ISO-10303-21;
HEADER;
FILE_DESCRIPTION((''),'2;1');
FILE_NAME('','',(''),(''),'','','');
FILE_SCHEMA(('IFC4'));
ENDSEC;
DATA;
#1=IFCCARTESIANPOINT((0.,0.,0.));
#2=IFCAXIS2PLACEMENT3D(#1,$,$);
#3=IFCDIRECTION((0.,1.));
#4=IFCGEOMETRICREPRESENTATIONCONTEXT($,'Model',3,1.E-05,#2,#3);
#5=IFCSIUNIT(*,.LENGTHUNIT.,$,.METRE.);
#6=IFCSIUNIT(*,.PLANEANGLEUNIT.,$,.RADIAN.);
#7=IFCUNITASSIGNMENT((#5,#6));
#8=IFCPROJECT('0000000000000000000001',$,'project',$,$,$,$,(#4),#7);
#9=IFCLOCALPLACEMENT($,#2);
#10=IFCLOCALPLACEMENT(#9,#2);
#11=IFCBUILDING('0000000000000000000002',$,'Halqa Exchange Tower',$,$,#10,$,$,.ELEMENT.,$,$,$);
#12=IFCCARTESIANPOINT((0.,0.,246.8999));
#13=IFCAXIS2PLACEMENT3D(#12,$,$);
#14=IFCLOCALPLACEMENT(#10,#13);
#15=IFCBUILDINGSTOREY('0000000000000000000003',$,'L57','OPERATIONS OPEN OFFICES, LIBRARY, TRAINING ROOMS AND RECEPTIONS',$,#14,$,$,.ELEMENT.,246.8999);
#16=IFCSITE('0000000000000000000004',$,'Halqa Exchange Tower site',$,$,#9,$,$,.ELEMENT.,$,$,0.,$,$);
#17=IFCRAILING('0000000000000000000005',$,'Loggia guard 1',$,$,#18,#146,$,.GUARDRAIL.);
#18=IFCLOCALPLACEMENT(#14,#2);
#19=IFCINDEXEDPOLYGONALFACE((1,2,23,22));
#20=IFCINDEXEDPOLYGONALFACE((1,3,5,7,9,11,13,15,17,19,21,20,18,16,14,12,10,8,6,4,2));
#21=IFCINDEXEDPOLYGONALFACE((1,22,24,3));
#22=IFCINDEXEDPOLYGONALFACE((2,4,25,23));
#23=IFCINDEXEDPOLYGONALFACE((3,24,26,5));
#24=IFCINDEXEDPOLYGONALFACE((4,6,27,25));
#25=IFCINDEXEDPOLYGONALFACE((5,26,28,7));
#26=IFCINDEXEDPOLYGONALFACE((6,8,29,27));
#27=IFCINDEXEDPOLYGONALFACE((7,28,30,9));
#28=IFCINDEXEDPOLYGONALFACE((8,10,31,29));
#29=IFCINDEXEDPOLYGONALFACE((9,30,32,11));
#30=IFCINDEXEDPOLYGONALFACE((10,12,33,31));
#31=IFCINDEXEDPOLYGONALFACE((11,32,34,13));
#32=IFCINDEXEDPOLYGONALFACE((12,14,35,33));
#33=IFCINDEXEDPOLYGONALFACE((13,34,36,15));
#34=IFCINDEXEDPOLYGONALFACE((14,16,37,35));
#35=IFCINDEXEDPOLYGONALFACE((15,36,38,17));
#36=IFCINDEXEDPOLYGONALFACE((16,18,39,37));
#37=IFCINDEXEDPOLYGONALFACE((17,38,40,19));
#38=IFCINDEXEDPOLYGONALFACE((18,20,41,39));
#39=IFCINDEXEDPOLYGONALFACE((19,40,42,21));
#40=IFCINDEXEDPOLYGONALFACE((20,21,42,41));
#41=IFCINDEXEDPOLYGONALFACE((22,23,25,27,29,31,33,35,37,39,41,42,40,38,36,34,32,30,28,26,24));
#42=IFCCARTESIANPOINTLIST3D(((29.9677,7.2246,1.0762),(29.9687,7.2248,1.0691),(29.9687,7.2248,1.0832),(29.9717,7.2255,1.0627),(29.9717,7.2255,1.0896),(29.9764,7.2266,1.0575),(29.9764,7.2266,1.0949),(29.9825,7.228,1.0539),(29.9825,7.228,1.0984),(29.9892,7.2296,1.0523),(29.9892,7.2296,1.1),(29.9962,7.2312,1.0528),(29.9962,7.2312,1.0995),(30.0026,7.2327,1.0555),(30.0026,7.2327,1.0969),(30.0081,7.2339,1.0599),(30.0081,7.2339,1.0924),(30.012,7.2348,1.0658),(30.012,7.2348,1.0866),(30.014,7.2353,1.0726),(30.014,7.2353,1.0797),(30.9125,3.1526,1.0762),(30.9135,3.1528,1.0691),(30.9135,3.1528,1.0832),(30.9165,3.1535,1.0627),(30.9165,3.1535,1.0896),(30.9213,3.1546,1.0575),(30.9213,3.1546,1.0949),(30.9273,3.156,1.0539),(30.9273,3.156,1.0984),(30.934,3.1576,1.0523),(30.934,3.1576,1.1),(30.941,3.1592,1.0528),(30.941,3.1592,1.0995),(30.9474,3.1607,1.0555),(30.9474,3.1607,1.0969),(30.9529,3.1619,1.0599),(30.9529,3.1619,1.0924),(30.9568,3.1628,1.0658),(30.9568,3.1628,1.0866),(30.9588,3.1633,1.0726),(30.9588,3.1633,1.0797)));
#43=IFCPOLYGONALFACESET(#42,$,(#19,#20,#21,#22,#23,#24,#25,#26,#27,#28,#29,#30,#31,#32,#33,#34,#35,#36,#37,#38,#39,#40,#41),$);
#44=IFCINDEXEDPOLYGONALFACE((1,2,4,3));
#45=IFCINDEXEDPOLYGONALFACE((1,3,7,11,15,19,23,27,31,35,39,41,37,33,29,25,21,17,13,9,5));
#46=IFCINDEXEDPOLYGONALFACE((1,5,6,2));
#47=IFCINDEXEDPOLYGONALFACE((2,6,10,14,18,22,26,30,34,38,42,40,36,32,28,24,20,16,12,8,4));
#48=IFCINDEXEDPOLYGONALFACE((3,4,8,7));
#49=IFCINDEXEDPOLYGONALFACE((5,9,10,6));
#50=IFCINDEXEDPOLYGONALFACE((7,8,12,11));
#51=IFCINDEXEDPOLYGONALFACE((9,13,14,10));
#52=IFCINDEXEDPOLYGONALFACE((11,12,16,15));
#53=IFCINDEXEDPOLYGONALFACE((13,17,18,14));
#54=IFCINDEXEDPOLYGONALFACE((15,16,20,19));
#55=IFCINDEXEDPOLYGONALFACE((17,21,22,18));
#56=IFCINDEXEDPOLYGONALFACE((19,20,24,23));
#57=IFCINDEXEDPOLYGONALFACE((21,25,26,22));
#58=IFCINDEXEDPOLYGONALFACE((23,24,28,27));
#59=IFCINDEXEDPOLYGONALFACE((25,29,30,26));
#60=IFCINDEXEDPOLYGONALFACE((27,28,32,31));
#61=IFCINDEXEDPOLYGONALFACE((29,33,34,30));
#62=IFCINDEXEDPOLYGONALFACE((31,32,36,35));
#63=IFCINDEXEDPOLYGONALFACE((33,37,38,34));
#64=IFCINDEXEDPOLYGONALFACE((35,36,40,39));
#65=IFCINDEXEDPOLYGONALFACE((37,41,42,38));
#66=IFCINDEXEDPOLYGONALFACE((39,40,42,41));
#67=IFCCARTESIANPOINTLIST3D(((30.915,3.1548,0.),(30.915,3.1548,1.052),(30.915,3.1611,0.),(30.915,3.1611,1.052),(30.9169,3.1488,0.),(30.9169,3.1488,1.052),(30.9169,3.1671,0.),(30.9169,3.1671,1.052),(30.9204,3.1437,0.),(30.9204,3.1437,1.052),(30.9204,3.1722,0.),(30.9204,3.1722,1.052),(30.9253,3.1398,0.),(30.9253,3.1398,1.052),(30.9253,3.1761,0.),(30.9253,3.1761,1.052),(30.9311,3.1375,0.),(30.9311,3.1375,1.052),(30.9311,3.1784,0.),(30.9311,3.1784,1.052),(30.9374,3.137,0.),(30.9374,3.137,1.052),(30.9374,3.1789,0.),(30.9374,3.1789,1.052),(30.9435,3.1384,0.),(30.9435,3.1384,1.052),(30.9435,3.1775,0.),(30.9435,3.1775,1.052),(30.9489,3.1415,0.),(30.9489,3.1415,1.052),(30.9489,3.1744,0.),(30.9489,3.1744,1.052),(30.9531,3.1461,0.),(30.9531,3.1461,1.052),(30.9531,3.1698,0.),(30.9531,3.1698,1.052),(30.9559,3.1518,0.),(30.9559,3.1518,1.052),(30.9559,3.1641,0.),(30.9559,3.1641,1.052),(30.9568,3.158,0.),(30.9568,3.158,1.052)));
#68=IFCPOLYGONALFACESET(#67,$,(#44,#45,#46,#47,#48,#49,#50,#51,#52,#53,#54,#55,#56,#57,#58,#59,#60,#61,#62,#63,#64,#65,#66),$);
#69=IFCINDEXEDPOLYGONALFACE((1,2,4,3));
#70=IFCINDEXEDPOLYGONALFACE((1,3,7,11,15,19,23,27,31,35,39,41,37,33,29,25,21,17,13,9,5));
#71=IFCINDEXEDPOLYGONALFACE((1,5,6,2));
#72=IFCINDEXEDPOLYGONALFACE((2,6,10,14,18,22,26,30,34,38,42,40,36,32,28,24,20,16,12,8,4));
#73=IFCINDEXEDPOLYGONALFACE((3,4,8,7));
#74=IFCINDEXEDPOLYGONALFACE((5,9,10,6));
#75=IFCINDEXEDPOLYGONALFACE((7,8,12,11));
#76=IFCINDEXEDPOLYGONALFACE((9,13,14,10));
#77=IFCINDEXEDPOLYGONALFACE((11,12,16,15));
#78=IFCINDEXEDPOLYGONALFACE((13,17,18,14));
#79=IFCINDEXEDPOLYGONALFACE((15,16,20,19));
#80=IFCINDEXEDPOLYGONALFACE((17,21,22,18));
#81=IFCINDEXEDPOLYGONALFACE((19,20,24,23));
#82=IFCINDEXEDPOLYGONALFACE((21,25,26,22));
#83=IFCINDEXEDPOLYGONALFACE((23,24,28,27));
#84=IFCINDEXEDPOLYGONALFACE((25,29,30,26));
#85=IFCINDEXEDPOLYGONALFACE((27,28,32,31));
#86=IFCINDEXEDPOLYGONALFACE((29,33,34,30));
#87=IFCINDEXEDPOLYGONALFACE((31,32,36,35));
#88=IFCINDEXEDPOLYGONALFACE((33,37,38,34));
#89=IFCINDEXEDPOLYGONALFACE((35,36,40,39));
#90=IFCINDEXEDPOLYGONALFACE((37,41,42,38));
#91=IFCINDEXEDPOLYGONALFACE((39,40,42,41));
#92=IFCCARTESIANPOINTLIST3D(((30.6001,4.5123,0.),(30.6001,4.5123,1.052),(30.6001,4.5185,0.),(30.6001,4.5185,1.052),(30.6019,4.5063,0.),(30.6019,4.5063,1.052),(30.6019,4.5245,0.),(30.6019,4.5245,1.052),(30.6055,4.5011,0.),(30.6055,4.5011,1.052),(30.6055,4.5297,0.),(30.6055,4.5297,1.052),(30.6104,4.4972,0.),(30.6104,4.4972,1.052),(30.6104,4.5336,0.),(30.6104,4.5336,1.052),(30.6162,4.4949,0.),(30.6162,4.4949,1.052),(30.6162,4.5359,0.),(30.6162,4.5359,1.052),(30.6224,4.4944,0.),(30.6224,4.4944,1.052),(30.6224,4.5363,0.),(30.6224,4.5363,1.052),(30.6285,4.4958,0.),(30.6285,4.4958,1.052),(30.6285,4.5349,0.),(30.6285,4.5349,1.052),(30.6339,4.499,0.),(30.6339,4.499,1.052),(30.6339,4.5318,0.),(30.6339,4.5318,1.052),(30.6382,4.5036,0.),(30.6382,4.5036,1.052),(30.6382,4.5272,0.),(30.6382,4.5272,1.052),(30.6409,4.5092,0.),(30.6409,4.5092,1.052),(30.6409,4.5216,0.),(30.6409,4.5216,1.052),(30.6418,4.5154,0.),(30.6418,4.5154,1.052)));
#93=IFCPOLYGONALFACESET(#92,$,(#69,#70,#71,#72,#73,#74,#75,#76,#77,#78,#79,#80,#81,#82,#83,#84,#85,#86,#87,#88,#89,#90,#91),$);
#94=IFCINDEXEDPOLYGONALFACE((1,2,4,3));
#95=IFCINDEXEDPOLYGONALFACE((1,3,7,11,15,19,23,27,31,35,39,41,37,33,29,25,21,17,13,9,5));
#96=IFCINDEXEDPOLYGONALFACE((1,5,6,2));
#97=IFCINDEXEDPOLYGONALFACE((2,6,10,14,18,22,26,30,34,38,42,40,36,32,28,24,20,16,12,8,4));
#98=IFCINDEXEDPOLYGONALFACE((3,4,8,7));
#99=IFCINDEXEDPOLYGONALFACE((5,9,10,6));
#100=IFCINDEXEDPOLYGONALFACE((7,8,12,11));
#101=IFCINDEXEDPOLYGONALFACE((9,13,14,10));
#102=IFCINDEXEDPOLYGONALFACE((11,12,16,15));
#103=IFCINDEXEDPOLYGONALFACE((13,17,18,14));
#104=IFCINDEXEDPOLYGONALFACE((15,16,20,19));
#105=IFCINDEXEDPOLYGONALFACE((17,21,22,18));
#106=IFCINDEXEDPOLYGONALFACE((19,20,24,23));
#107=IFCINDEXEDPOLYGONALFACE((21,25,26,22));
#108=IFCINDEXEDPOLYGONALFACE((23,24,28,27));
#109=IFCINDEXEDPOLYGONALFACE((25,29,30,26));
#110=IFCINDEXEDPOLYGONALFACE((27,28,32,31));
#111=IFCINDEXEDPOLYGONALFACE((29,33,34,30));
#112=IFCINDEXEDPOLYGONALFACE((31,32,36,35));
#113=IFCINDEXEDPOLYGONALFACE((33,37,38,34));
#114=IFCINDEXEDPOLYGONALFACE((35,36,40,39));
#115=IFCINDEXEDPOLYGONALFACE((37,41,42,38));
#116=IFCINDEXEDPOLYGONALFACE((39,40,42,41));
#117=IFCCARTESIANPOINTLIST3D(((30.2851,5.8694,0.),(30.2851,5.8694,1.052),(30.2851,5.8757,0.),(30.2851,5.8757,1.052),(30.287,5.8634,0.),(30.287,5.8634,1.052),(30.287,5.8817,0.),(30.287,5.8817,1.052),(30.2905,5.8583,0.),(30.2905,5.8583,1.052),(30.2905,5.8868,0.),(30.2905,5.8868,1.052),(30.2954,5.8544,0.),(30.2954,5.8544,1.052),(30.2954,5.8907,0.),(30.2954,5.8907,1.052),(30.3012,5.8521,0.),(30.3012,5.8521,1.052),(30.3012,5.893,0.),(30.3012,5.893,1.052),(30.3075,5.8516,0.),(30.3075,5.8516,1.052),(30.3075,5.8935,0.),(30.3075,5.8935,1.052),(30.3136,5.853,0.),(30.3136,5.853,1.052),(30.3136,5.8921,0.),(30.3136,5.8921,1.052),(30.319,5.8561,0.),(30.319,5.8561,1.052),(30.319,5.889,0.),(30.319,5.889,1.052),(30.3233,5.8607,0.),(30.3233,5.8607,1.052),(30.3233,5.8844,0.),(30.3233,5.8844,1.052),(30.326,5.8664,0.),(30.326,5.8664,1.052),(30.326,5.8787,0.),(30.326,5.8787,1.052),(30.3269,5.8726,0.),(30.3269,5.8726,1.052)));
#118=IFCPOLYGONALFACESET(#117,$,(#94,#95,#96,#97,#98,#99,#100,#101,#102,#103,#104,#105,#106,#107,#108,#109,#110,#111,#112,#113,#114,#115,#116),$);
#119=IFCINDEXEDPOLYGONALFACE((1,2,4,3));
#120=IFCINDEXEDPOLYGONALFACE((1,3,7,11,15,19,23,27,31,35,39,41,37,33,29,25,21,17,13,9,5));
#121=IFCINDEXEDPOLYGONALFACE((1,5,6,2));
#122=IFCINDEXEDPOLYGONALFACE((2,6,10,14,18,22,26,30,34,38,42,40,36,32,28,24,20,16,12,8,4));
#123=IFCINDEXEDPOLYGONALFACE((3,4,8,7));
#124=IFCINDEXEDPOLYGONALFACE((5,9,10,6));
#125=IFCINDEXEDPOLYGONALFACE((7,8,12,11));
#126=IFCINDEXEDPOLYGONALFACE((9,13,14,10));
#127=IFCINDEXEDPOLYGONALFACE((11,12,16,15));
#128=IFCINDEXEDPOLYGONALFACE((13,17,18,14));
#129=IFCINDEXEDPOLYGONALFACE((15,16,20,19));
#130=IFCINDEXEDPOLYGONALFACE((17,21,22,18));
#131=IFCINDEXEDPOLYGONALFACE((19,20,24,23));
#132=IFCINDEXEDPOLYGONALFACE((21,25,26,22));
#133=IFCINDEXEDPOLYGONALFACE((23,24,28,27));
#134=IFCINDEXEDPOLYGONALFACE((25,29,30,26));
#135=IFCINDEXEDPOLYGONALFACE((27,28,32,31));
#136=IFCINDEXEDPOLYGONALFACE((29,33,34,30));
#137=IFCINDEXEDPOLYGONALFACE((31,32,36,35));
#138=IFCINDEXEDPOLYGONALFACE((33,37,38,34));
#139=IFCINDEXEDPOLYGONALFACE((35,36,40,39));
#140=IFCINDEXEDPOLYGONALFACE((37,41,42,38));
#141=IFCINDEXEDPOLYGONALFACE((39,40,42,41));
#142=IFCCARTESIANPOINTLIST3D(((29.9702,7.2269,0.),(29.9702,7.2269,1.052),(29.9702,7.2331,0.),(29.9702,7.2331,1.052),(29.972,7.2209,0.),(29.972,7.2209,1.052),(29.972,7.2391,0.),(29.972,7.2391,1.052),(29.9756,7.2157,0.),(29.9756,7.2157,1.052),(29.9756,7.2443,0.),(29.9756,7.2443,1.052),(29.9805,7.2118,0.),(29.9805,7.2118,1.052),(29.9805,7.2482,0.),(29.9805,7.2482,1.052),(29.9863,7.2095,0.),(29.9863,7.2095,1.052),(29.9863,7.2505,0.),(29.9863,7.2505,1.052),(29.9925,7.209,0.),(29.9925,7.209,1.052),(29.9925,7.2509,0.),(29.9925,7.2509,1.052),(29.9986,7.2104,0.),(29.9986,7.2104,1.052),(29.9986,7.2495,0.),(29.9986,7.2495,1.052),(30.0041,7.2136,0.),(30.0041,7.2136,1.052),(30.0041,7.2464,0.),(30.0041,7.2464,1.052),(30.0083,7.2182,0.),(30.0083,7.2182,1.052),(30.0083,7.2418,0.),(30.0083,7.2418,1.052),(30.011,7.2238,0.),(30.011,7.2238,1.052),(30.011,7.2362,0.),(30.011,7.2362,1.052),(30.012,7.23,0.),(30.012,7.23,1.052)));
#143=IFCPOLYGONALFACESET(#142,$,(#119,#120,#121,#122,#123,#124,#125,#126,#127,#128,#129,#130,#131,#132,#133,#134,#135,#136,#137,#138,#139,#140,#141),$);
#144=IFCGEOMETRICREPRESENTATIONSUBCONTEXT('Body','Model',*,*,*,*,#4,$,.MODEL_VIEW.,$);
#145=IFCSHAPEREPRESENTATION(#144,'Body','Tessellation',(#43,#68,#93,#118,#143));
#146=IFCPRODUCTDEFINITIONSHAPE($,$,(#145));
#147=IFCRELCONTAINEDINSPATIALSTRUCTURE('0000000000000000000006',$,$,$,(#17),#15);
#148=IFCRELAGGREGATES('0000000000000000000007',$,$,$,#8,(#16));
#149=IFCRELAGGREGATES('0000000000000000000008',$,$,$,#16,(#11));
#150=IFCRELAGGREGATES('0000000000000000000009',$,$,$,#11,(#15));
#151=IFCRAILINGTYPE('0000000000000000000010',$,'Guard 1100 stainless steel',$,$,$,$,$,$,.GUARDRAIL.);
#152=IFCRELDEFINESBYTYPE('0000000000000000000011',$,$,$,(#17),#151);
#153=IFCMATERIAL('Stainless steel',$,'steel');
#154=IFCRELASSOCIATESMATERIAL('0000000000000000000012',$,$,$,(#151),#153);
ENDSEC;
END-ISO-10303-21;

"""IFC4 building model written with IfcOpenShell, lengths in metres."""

from ifc_helpers import new_model, si_unit, direction, frame, origin, origin_2d, place, context, subcontext, project, spatial, circle, extrude, material, type_object, element, save


model = new_model("IFC4")

# Units and contexts
model_context = context("Model", 3, precision=1e-05, world=origin(), true_north=direction((0.0, 1.0)))
body_context = subcontext(model_context, "Body", "Model", "MODEL_VIEW")
ifc_project = project(units=[si_unit("LENGTHUNIT", "METRE"), si_unit("PLANEANGLEUNIT", "RADIAN")], contexts=[model_context])

# Site, building, storey
site_placement = place(None, origin())
site = spatial("IfcSite", under=ifc_project, at=site_placement, Name="Halqa Exchange Tower site", CompositionType="ELEMENT", RefElevation=0.0)
building_placement = place(site_placement, origin())
building = spatial("IfcBuilding", under=site, at=building_placement, Name="Halqa Exchange Tower", CompositionType="ELEMENT")
storey_placement = place(building_placement, frame((0.0, 0.0, 246.8999)))
storey = spatial("IfcBuildingStorey", under=building, at=storey_placement, Name="L57", Description="OPERATIONS OPEN OFFICES, LIBRARY, TRAINING ROOMS AND RECEPTIONS", CompositionType="ELEMENT", Elevation=246.8999)

# Railing
ifc_material_1 = material(Name="Stainless steel", Category="steel")
railing_type = type_object("IfcRailingType", Name="Guard 1100 stainless steel", PredefinedType="GUARDRAIL", material=ifc_material_1)
railing_1_placement = place(storey_placement, frame((30.9358, 3.158, 0.0)))
element("IfcRailing", 1, at=railing_1_placement, inside=storey, type_object=railing_type, Name="Loggia guard 1", PredefinedType="GUARDRAIL", context=body_context, shape_type="SweptSolid", body=[
    extrude(circle(Radius=0.0239, at=origin_2d()), frame((0.0, 0.0, 1.0762), z_axis=(-0.226024, 0.974122, 0.0), x_axis=(-0.974122, -0.226024, 0.0)), (0.0, 0.0, 1.0), 4.1802),
    extrude(circle(Radius=0.021, at=origin_2d()), origin(), (0.0, 0.0, 1.0), 1.052),
    extrude(circle(Radius=0.021, at=origin_2d()), frame((-0.3149, 1.3574, 0.0)), (0.0, 0.0, 1.0), 1.052),
    extrude(circle(Radius=0.021, at=origin_2d()), frame((-0.6299, 2.7146, 0.0)), (0.0, 0.0, 1.0), 1.052),
    extrude(circle(Radius=0.021, at=origin_2d()), frame((-0.9448, 4.072, 0.0)), (0.0, 0.0, 1.0), 1.052),
])

save(model, "model.ifc")
